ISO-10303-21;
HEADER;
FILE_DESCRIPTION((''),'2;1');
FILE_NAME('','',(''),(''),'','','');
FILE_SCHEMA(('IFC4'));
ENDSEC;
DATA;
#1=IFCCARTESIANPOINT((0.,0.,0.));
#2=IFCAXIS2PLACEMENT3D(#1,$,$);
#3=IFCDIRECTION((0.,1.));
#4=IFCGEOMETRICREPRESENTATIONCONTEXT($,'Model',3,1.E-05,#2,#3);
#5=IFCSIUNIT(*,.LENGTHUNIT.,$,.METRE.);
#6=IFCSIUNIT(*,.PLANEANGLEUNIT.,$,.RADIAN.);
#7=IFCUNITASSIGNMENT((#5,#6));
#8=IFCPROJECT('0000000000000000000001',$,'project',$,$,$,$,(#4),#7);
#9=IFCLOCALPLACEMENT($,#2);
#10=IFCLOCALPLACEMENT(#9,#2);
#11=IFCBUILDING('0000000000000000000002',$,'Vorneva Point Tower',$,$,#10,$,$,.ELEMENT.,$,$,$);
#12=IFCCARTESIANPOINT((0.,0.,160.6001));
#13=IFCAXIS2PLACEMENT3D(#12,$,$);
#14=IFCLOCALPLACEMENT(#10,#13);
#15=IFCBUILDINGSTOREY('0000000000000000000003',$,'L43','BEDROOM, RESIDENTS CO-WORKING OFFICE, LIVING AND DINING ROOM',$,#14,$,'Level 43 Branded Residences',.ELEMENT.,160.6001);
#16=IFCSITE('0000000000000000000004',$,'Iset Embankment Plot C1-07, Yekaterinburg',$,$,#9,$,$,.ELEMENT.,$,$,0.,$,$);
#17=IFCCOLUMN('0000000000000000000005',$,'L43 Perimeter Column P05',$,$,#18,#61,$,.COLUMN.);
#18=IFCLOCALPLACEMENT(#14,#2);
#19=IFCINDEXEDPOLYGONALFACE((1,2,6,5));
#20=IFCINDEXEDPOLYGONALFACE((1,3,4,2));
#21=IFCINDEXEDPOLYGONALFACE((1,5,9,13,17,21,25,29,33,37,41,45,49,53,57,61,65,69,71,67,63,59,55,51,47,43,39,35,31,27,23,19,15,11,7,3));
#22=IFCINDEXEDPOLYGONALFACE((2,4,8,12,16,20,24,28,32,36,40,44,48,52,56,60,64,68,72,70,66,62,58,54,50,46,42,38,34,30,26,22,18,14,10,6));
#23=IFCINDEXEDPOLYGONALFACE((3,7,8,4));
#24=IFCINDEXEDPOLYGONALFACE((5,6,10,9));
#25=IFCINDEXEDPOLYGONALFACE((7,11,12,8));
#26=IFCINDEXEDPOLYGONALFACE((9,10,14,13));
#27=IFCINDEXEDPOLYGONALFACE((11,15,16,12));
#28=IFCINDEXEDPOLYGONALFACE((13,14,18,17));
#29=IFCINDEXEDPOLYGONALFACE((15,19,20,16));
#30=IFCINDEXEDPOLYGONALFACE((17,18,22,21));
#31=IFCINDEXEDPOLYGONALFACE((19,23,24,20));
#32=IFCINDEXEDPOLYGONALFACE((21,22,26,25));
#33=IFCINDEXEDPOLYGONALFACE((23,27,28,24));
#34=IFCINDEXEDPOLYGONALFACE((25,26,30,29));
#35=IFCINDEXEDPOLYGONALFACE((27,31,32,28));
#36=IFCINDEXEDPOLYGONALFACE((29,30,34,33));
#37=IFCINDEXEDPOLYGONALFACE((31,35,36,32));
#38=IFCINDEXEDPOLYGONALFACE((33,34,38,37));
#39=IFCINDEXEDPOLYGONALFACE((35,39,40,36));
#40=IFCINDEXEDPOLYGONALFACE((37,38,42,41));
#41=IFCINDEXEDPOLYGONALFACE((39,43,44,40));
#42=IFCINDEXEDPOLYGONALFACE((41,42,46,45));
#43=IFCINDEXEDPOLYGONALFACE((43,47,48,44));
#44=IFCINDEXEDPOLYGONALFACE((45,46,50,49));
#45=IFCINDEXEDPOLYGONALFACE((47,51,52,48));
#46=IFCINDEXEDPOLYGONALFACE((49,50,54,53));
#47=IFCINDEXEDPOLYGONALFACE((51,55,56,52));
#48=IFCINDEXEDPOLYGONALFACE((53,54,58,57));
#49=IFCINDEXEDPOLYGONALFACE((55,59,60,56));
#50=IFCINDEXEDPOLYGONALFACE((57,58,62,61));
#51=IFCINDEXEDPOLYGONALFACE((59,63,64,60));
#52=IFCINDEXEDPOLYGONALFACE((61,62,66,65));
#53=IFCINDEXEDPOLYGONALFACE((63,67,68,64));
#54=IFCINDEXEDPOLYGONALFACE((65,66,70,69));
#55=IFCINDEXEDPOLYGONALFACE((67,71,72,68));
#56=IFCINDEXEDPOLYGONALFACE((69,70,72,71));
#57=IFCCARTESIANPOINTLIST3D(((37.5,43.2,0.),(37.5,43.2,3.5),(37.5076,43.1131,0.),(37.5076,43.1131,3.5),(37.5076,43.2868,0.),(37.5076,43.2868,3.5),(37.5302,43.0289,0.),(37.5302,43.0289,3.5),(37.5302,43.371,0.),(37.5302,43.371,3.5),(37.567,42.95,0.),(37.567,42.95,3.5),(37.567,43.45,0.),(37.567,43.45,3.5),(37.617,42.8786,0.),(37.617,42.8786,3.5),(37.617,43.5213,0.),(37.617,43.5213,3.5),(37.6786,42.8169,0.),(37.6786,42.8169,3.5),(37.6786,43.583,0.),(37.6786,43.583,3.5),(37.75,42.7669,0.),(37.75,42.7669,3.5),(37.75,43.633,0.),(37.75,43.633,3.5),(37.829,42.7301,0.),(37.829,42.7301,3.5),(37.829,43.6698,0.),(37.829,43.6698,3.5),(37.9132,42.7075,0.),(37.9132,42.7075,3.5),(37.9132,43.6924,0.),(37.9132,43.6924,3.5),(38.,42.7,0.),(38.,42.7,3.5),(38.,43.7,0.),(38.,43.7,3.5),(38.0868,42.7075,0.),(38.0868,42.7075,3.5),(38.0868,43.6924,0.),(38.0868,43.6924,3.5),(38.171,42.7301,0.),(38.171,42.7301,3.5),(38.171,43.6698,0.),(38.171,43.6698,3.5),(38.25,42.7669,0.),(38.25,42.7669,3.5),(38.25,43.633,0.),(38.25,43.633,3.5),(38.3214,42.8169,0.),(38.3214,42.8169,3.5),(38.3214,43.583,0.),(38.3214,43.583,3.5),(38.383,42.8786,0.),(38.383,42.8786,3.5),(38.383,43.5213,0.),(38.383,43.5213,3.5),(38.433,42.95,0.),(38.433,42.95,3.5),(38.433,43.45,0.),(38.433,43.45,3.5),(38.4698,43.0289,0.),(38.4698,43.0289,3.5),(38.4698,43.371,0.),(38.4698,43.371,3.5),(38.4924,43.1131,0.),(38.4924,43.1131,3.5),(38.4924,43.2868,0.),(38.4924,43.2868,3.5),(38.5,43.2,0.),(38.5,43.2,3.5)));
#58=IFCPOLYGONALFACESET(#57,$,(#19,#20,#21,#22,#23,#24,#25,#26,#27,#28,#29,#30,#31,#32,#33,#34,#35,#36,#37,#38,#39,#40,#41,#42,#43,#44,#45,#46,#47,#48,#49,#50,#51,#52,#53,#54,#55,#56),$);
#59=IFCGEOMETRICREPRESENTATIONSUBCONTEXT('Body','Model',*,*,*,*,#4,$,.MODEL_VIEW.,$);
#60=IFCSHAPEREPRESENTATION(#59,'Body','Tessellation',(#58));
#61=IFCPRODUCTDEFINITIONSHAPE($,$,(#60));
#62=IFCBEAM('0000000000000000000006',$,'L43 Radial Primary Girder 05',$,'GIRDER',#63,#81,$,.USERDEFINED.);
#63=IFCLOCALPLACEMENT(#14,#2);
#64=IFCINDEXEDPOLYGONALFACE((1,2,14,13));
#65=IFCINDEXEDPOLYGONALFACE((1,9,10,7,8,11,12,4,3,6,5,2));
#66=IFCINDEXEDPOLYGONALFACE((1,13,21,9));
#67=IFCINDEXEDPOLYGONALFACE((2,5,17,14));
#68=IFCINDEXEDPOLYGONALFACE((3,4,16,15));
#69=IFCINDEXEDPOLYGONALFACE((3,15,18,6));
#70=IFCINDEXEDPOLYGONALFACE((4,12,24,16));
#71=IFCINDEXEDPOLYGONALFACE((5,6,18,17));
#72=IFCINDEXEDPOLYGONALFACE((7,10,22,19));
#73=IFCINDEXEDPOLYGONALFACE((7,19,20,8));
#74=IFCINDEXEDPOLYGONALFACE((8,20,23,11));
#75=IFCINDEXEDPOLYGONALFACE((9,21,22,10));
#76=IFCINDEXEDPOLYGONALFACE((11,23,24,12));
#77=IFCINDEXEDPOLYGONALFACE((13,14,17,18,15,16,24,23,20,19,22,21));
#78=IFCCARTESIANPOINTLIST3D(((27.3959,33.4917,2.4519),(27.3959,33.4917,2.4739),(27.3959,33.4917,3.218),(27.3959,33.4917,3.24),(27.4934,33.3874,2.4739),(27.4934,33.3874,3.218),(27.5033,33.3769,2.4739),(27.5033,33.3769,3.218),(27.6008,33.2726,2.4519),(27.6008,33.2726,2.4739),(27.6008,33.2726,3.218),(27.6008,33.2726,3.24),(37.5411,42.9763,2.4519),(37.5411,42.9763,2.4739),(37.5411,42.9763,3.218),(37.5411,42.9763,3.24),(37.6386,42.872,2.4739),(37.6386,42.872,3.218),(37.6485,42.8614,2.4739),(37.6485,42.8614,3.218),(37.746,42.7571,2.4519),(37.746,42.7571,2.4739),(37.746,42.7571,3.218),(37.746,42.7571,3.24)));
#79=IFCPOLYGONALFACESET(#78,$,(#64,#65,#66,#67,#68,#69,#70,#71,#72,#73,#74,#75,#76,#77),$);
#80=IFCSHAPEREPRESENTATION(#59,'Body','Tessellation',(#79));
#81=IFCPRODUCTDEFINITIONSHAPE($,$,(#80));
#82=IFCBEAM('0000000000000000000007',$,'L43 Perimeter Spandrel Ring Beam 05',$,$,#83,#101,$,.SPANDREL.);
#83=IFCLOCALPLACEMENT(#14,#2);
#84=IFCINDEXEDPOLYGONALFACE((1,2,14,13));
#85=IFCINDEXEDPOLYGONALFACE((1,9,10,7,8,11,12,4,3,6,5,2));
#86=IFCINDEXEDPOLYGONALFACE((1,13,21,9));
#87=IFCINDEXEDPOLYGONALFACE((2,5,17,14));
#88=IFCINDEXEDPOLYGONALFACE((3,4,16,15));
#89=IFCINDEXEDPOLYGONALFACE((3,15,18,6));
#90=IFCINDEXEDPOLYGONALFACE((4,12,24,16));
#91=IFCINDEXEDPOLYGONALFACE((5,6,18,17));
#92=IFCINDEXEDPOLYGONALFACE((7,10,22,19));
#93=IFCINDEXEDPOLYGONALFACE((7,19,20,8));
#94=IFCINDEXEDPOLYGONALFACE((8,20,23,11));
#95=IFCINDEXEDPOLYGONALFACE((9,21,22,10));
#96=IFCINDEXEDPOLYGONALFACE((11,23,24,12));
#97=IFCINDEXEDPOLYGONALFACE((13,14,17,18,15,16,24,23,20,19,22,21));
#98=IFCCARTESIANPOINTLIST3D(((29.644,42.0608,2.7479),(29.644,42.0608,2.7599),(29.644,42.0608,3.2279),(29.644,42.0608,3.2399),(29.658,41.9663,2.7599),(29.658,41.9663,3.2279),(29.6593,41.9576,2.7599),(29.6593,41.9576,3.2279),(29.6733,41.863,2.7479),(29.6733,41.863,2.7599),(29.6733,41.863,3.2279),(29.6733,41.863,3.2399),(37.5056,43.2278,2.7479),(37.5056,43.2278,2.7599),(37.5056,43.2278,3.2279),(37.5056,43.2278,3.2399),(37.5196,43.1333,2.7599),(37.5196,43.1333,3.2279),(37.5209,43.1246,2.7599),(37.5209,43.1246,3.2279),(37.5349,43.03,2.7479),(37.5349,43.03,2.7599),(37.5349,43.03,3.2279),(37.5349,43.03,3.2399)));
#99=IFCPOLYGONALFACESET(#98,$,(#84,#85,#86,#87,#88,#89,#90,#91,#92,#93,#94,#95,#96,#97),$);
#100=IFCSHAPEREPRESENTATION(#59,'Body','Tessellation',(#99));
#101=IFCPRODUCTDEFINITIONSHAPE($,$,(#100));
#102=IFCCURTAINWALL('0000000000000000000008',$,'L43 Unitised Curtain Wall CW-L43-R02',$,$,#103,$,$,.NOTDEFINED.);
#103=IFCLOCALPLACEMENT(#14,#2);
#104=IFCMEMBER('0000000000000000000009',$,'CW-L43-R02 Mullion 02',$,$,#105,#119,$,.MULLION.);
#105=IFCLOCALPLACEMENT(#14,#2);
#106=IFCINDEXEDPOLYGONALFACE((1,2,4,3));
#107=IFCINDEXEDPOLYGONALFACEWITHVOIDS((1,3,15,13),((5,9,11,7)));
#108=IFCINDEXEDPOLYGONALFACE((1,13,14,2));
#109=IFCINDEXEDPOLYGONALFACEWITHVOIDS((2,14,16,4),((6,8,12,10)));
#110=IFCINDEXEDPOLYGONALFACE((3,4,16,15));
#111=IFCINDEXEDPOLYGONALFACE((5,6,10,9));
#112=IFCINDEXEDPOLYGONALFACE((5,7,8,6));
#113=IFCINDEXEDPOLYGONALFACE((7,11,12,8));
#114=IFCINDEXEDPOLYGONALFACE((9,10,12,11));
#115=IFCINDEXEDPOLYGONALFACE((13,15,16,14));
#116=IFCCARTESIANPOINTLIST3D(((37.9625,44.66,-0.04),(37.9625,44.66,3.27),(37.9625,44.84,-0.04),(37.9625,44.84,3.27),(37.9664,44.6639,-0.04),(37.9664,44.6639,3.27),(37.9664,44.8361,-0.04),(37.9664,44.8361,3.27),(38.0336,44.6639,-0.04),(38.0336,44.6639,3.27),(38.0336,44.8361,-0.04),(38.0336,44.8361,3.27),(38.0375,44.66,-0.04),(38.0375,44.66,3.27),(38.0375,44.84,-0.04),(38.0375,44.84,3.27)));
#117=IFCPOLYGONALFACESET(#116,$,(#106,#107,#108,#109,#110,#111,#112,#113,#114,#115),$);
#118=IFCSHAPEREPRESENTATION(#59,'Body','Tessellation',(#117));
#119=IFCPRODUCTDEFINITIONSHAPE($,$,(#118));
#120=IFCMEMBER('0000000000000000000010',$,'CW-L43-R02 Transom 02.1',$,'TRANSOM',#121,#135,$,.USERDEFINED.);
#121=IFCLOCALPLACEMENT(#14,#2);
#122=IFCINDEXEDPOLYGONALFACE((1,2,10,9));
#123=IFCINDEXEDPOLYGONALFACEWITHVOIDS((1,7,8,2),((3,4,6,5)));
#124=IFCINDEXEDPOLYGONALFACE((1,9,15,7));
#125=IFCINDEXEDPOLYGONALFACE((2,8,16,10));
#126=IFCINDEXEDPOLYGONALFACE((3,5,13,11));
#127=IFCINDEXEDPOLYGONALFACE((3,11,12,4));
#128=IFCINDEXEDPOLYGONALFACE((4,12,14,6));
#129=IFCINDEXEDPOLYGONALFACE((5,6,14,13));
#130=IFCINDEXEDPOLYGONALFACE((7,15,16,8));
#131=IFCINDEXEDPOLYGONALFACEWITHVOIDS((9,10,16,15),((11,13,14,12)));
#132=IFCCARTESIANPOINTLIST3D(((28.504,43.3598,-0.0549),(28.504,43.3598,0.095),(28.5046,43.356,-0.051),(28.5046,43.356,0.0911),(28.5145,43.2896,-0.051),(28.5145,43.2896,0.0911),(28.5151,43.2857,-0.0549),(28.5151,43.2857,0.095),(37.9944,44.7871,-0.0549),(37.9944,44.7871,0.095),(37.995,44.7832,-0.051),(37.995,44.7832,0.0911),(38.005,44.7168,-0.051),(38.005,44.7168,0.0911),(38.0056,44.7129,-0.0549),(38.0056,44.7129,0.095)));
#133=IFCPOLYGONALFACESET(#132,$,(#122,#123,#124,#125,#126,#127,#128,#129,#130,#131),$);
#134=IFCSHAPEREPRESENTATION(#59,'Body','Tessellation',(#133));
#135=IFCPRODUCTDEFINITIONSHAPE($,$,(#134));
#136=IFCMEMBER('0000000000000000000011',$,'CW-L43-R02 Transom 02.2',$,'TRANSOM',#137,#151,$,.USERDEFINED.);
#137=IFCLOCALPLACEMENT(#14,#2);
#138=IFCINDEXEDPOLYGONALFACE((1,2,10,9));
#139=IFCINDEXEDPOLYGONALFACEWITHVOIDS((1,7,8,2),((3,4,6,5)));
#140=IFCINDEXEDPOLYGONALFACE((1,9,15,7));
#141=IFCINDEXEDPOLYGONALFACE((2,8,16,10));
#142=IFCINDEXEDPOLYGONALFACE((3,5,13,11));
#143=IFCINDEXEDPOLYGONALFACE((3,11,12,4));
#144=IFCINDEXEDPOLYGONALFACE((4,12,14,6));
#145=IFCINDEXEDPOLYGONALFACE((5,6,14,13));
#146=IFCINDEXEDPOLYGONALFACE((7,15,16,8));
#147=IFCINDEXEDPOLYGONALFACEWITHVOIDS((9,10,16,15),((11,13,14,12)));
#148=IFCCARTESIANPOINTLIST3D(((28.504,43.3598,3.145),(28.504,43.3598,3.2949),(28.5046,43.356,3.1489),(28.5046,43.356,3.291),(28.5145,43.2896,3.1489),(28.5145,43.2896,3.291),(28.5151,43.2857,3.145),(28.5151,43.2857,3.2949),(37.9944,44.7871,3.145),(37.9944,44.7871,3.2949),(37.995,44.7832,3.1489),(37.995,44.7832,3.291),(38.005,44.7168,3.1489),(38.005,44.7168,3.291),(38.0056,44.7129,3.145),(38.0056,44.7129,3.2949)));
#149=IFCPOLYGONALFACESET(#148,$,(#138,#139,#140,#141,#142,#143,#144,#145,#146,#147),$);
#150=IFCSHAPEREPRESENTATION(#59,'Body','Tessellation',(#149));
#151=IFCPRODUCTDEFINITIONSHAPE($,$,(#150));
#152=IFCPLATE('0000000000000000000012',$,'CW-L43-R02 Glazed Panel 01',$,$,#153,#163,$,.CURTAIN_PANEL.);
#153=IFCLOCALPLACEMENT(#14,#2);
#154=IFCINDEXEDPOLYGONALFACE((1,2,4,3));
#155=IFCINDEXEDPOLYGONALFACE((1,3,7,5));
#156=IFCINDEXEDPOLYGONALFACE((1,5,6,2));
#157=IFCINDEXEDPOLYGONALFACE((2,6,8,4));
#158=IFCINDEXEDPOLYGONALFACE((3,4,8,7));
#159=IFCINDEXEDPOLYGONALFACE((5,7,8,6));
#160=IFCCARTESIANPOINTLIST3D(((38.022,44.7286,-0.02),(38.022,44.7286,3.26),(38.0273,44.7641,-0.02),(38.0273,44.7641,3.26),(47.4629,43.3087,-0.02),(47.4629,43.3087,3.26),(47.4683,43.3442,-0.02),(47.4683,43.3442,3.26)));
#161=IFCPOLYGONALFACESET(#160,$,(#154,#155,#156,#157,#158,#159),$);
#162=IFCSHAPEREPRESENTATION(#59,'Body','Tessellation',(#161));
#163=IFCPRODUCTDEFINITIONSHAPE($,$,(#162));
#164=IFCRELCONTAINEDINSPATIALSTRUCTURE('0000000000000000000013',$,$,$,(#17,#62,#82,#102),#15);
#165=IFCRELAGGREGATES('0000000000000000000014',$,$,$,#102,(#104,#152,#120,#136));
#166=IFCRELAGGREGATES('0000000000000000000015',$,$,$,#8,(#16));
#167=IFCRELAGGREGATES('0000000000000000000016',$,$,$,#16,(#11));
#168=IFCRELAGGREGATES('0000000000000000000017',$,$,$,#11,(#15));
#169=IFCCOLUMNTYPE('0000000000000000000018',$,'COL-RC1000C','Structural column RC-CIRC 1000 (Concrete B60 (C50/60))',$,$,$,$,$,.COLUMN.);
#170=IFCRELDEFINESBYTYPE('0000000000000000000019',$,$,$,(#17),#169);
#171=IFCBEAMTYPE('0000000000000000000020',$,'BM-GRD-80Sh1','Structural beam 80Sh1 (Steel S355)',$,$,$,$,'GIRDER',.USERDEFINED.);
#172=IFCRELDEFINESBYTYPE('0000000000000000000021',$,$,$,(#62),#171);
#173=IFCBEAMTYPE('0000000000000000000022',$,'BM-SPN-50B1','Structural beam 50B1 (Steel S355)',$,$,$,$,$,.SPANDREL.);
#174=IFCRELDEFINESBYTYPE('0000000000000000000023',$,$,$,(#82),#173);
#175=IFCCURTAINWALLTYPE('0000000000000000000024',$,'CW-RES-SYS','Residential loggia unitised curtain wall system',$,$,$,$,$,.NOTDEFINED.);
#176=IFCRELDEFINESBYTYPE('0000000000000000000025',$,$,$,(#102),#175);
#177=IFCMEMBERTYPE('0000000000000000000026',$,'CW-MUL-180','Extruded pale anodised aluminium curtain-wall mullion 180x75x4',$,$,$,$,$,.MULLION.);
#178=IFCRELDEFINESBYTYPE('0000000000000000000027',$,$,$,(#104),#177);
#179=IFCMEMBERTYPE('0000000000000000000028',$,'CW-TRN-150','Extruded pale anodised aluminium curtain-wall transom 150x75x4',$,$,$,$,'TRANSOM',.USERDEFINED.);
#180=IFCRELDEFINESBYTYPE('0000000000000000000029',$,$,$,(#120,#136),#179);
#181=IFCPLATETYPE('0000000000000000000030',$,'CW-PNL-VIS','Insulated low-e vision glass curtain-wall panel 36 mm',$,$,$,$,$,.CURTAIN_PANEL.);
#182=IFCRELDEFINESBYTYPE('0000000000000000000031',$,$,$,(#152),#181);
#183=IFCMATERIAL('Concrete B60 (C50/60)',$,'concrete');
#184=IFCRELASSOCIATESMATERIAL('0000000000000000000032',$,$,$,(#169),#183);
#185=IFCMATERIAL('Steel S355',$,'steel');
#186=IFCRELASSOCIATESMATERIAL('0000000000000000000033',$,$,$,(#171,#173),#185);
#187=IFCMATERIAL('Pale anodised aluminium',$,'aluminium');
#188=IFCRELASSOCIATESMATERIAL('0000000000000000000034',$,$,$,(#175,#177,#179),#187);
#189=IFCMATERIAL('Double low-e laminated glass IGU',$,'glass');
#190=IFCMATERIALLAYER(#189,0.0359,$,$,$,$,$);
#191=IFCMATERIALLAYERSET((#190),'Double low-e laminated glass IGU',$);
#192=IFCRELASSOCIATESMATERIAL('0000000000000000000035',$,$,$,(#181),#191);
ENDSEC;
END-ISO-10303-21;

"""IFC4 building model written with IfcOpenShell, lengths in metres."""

from ifc_helpers import new_model, si_unit, direction, frame, origin, origin_2d, place, context, subcontext, project, spatial, rectangle, hollow_rectangle, circle, i_section, extrude, material, layer, layer_set, material_profile, profile_set, type_object, element, aggregate, save


model = new_model("IFC4")

# Units and contexts
model_context = context("Model", 3, precision=1e-05, world=origin(), true_north=direction((0.0, 1.0)))
body_context = subcontext(model_context, "Body", "Model", "MODEL_VIEW")
ifc_project = project(units=[si_unit("LENGTHUNIT", "METRE"), si_unit("PLANEANGLEUNIT", "RADIAN")], contexts=[model_context])

# Site, building, storey
site_placement = place(None, origin())
site = spatial("IfcSite", under=ifc_project, at=site_placement, Name="Iset Embankment Plot C1-07, Yekaterinburg", CompositionType="ELEMENT", RefElevation=0.0)
building_placement = place(site_placement, origin())
building = spatial("IfcBuilding", under=site, at=building_placement, Name="Vorneva Point Tower", CompositionType="ELEMENT")
storey_placement = place(building_placement, frame((0.0, 0.0, 160.6001)))
storey = spatial("IfcBuildingStorey", under=building, at=storey_placement, Name="L43", Description="BEDROOM, RESIDENTS CO-WORKING OFFICE, LIVING AND DINING ROOM", LongName="Level 43 Branded Residences", CompositionType="ELEMENT", Elevation=160.6001)

# Column
ifc_material_1 = material(Name="Concrete B60 (C50/60)", Category="concrete")
ifc_material_profile_1 = material_profile(ifc_material_1, circle(Radius=0.5, at=origin_2d()), Name="RC-CIRC 1000")
ifc_profile_set_1 = profile_set([ifc_material_profile_1], Name="Concrete B60 (C50/60)")
column_type = type_object("IfcColumnType", Name="COL-RC1000C", Description="Structural column RC-CIRC 1000 (Concrete B60 (C50/60))", PredefinedType="COLUMN", material=ifc_profile_set_1)
column_placement = place(storey_placement, frame((38.0, 43.2, 0.0), z_axis=(0.0, 0.0, 1.0), x_axis=(0.0, 1.0, 0.0)))
element("IfcColumn", 1, at=column_placement, inside=storey, type_object=column_type, Name="L43 Perimeter Column P05", PredefinedType="COLUMN", context=body_context, shape_type="SweptSolid", body=[
    extrude(circle(Radius=0.5, at=origin_2d()), origin(), (0.0, 0.0, 1.0), 3.5),
])

# Beams
ifc_material_2 = material(Name="Steel S355", Category="steel")
ifc_material_profile_2 = material_profile(ifc_material_2, i_section(OverallWidth=0.3, OverallDepth=0.7881, WebThickness=0.0144, FlangeThickness=0.022, at=origin_2d()), Name="80Sh1")
ifc_profile_set_2 = profile_set([ifc_material_profile_2], Name="Steel S355")
beam_type_1 = type_object("IfcBeamType", Name="BM-GRD-80Sh1", Description="Structural beam 80Sh1 (Steel S355)", ElementType="GIRDER", PredefinedType="USERDEFINED", material=ifc_profile_set_2)
beam_1_placement = place(storey_placement, frame((37.6436, 42.8667, 2.8459), z_axis=(-0.730491, -0.682922, 0.0), x_axis=(0.682922, -0.730491, 0.0)))
element("IfcBeam", 2, at=beam_1_placement, inside=storey, type_object=beam_type_1, Name="L43 Radial Primary Girder 05", ObjectType="GIRDER", PredefinedType="USERDEFINED", context=body_context, shape_type="SweptSolid", body=[
    extrude(i_section(OverallWidth=0.3, OverallDepth=0.7881, WebThickness=0.0144, FlangeThickness=0.022, at=origin_2d()), origin(), (0.0, 0.0, 1.0), 13.8882),
])
ifc_material_profile_3 = material_profile(ifc_material_2, i_section(OverallWidth=0.2, OverallDepth=0.4919, WebThickness=0.0088, FlangeThickness=0.012, at=origin_2d()), Name="50B1")
ifc_profile_set_3 = profile_set([ifc_material_profile_3], Name="Steel S355")
beam_type_2 = type_object("IfcBeamType", Name="BM-SPN-50B1", Description="Structural beam 50B1 (Steel S355)", PredefinedType="SPANDREL", material=ifc_profile_set_3)
beam_2_placement = place(storey_placement, frame((37.5203, 43.1289, 2.9939), z_axis=(-0.989161, -0.146834, 0.0), x_axis=(0.146834, -0.989161, 0.0)))
element("IfcBeam", 3, at=beam_2_placement, inside=storey, type_object=beam_type_2, Name="L43 Perimeter Spandrel Ring Beam 05", PredefinedType="SPANDREL", context=body_context, shape_type="SweptSolid", body=[
    extrude(i_section(OverallWidth=0.2, OverallDepth=0.4919, WebThickness=0.0088, FlangeThickness=0.012, at=origin_2d()), origin(), (0.0, 0.0, 1.0), 7.9478),
])

# Curtain wall, members, plate
ifc_material_3 = material(Name="Pale anodised aluminium", Category="aluminium")
curtain_wall_type = type_object("IfcCurtainWallType", Name="CW-RES-SYS", Description="Residential loggia unitised curtain wall system", PredefinedType="NOTDEFINED", material=ifc_material_3)
curtain_wall_placement = place(storey_placement, origin())
curtain_wall = element("IfcCurtainWall", 4, at=curtain_wall_placement, inside=storey, type_object=curtain_wall_type, Name="L43 Unitised Curtain Wall CW-L43-R02", PredefinedType="NOTDEFINED")
ifc_material_profile_4 = material_profile(ifc_material_3, hollow_rectangle(XDim=0.075, YDim=0.1799, WallThickness=0.0039, at=origin_2d()), Name="AL-MUL 180x75x4")
ifc_profile_set_4 = profile_set([ifc_material_profile_4], Name="Pale anodised aluminium")
member_type_1 = type_object("IfcMemberType", Name="CW-MUL-180", Description="Extruded pale anodised aluminium curtain-wall mullion 180x75x4", PredefinedType="MULLION", material=ifc_profile_set_4)
member_1_placement = place(storey_placement, frame((38.0, 44.75, -0.04), z_axis=(0.0, 0.0, 1.0), x_axis=(1.0, 0.0, 0.0)))
member_1 = element("IfcMember", 5, at=member_1_placement, type_object=member_type_1, Name="CW-L43-R02 Mullion 02", PredefinedType="MULLION", context=body_context, shape_type="SweptSolid", body=[
    extrude(hollow_rectangle(XDim=0.075, YDim=0.1799, WallThickness=0.0039, at=origin_2d()), origin(), (0.0, 0.0, 1.0), 3.3101),
])
ifc_material_profile_5 = material_profile(ifc_material_3, hollow_rectangle(XDim=0.075, YDim=0.1499, WallThickness=0.0039, at=origin_2d()), Name="AL-TRN 150x75x4")
ifc_profile_set_5 = profile_set([ifc_material_profile_5], Name="Pale anodised aluminium")
member_type_2 = type_object("IfcMemberType", Name="CW-TRN-150", Description="Extruded pale anodised aluminium curtain-wall transom 150x75x4", ElementType="TRANSOM", PredefinedType="USERDEFINED", material=ifc_profile_set_5)
member_2_placement = place(storey_placement, frame((38.0, 44.75, 0.02), z_axis=(-0.98888, -0.148715, 0.0), x_axis=(0.148715, -0.98888, 0.0)))
member_2 = element("IfcMember", 6, at=member_2_placement, type_object=member_type_2, Name="CW-L43-R02 Transom 02.1", ObjectType="TRANSOM", PredefinedType="USERDEFINED", context=body_context, shape_type="SweptSolid", body=[
    extrude(hollow_rectangle(XDim=0.075, YDim=0.1499, WallThickness=0.0039, at=origin_2d()), origin(), (0.0, 0.0, 1.0), 9.5972),
])
member_3_placement = place(storey_placement, frame((38.0, 44.75, 3.22), z_axis=(-0.98888, -0.148715, 0.0), x_axis=(0.148715, -0.98888, 0.0)))
member_3 = element("IfcMember", 7, at=member_3_placement, type_object=member_type_2, Name="CW-L43-R02 Transom 02.2", ObjectType="TRANSOM", PredefinedType="USERDEFINED", context=body_context, shape_type="SweptSolid", body=[
    extrude(hollow_rectangle(XDim=0.075, YDim=0.1499, WallThickness=0.0039, at=origin_2d()), origin(), (0.0, 0.0, 1.0), 9.5972),
])
ifc_material_4 = material(Name="Double low-e laminated glass IGU", Category="glass")
ifc_layer_1 = layer(ifc_material_4, 0.0359)
ifc_layer_set_1 = layer_set([ifc_layer_1], Name="Double low-e laminated glass IGU")
plate_type = type_object("IfcPlateType", Name="CW-PNL-VIS", Description="Insulated low-e vision glass curtain-wall panel 36 mm", PredefinedType="CURTAIN_PANEL", material=ifc_layer_set_1)
plate_placement = place(storey_placement, frame((42.7451, 44.0364, -0.02), z_axis=(0.0, 0.0, 1.0), x_axis=(-0.988879, 0.148724, 0.0)))
plate = element("IfcPlate", 8, at=plate_placement, type_object=plate_type, Name="CW-L43-R02 Glazed Panel 01", PredefinedType="CURTAIN_PANEL", context=body_context, shape_type="SweptSolid", body=[
    extrude(rectangle(XDim=9.5471, YDim=0.0359, at=origin_2d()), origin(), (0.0, 0.0, 1.0), 3.28),
])
aggregate(curtain_wall, [member_1, plate, member_2, member_3])

save(model, "model.ifc")
